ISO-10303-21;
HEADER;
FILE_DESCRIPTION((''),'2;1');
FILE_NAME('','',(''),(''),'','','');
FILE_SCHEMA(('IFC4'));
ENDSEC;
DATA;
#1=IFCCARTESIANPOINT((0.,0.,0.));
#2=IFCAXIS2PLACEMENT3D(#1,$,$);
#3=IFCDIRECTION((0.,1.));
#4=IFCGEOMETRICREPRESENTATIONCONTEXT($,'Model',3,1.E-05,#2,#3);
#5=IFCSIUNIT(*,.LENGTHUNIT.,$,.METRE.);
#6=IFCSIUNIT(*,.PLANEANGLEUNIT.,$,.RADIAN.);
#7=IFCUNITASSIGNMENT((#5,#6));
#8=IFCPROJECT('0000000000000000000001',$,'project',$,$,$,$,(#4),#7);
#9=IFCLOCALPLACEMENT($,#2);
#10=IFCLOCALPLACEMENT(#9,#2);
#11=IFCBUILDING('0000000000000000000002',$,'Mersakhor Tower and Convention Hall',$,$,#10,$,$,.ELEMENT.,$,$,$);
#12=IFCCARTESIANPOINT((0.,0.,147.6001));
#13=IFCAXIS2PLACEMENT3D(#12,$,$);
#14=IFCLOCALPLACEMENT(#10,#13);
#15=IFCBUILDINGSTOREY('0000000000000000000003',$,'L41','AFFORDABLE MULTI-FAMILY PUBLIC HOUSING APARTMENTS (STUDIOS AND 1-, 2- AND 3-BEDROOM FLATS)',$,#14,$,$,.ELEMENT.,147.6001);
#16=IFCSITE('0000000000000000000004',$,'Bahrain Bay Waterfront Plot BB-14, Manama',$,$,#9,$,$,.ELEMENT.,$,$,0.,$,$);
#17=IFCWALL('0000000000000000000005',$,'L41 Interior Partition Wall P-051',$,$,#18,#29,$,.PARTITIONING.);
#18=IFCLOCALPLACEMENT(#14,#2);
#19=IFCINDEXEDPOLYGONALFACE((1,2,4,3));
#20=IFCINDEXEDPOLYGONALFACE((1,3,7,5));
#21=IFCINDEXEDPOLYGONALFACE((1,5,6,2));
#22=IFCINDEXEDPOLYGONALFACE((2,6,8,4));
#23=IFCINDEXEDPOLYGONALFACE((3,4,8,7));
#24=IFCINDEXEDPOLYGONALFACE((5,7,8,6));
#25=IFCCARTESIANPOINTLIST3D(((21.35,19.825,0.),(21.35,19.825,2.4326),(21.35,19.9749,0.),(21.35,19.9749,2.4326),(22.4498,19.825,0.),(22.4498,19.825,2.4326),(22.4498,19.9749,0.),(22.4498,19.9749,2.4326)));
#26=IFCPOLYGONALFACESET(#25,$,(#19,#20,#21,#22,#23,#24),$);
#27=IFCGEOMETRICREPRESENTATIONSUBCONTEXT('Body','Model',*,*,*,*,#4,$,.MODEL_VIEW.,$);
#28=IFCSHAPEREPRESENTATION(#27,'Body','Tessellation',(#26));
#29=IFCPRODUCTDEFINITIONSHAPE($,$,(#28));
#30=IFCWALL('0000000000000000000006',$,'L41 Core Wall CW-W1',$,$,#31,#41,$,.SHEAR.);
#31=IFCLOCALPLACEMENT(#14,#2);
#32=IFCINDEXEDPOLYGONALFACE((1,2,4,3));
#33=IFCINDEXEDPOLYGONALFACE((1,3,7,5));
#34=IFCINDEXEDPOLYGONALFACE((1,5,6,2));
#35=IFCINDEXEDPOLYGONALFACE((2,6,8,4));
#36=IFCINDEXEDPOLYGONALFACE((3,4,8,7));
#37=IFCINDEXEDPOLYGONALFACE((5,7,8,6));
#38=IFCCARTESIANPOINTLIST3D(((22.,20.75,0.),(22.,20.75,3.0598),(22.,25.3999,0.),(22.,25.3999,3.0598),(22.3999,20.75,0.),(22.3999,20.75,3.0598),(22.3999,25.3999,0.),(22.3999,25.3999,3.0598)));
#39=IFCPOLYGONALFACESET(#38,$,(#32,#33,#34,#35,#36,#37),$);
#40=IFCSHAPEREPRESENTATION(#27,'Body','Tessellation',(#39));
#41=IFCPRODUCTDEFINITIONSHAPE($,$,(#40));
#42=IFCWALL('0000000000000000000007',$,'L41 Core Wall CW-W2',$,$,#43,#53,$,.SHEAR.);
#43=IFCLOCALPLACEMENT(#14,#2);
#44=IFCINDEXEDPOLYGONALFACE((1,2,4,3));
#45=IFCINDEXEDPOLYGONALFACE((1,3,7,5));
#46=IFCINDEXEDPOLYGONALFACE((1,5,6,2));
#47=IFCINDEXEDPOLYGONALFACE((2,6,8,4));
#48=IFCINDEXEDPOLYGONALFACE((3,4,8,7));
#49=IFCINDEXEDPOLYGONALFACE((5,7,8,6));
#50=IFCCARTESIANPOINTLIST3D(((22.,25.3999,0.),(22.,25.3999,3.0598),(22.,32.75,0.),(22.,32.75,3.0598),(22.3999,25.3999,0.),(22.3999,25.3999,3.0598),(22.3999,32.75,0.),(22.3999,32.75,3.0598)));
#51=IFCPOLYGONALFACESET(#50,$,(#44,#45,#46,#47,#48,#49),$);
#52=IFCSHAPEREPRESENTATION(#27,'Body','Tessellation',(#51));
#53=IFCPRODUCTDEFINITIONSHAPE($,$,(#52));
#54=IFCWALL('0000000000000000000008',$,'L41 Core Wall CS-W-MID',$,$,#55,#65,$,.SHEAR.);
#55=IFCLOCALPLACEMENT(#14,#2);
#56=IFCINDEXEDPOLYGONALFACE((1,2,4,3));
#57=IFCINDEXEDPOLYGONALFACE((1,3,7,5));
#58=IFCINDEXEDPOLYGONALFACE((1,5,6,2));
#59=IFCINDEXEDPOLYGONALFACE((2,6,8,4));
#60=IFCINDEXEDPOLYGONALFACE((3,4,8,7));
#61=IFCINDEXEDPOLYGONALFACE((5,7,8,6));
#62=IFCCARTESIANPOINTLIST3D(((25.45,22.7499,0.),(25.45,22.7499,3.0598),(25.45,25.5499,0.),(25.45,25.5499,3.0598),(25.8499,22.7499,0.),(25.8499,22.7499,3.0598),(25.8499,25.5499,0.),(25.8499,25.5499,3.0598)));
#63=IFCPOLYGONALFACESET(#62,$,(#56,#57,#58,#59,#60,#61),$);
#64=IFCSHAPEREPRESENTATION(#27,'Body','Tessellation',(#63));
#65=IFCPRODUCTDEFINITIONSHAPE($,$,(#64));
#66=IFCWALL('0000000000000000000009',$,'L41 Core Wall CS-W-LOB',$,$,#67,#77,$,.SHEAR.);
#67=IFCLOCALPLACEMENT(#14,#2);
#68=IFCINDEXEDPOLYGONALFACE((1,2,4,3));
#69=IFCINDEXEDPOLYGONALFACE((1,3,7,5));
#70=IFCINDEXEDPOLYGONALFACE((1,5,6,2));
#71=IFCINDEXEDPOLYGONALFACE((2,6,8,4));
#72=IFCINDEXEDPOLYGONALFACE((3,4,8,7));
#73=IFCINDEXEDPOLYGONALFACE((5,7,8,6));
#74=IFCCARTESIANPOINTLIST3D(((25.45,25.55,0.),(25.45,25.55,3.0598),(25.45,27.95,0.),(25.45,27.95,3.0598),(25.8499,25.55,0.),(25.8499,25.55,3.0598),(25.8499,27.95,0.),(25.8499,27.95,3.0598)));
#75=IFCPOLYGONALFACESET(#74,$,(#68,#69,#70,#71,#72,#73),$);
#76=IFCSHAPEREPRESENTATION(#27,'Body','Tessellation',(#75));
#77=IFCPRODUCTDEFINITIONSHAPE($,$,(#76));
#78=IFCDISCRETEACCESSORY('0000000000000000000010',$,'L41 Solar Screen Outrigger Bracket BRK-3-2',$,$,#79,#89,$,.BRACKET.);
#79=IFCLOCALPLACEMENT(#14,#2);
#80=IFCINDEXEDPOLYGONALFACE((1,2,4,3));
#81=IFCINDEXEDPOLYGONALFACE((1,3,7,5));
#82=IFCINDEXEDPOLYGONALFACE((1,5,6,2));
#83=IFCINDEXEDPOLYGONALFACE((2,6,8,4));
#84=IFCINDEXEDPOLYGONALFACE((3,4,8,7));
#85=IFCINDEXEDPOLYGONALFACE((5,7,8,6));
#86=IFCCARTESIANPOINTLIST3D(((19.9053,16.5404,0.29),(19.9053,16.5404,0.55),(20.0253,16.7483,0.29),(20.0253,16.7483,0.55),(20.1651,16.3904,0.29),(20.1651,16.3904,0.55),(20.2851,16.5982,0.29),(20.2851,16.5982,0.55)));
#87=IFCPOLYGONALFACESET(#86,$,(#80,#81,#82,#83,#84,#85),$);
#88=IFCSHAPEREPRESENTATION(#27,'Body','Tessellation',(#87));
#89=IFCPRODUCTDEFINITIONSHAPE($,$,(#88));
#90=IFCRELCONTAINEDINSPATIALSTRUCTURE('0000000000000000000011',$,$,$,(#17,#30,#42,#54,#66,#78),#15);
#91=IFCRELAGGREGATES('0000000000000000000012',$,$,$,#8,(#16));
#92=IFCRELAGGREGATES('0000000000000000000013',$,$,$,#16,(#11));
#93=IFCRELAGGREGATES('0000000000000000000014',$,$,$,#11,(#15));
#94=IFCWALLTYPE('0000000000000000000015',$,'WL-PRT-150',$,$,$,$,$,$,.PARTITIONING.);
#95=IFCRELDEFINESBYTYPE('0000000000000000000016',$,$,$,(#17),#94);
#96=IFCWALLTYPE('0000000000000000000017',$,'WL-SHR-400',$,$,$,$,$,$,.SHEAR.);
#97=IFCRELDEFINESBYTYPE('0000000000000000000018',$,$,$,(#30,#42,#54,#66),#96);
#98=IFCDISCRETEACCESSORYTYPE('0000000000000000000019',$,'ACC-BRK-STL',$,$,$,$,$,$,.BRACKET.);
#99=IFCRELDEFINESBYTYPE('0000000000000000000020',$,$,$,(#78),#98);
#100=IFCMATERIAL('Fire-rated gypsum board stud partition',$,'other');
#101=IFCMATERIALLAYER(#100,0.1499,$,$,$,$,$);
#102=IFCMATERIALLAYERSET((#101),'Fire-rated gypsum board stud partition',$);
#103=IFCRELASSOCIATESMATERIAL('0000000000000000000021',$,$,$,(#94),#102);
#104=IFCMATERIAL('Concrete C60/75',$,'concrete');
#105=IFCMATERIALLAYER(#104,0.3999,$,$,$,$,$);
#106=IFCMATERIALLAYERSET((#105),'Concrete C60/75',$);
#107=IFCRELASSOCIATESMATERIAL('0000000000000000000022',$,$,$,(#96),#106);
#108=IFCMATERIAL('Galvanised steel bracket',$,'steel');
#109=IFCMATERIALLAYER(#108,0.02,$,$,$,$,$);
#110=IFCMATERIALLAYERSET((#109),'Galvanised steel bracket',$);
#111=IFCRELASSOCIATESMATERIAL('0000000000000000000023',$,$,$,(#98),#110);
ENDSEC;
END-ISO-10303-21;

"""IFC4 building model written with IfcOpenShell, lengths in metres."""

from ifc_helpers import new_model, si_unit, direction, frame, frame_2d, origin, origin_2d, place, context, subcontext, project, spatial, rectangle, extrude, material, layer, layer_set, type_object, element, save


model = new_model("IFC4")

# Units and contexts
model_context = context("Model", 3, precision=1e-05, world=origin(), true_north=direction((0.0, 1.0)))
body_context = subcontext(model_context, "Body", "Model", "MODEL_VIEW")
ifc_project = project(units=[si_unit("LENGTHUNIT", "METRE"), si_unit("PLANEANGLEUNIT", "RADIAN")], contexts=[model_context])

# Site, building, storey
site_placement = place(None, origin())
site = spatial("IfcSite", under=ifc_project, at=site_placement, Name="Bahrain Bay Waterfront Plot BB-14, Manama", CompositionType="ELEMENT", RefElevation=0.0)
building_placement = place(site_placement, origin())
building = spatial("IfcBuilding", under=site, at=building_placement, Name="Mersakhor Tower and Convention Hall", CompositionType="ELEMENT")
storey_placement = place(building_placement, frame((0.0, 0.0, 147.6001)))
storey = spatial("IfcBuildingStorey", under=building, at=storey_placement, Name="L41", Description="AFFORDABLE MULTI-FAMILY PUBLIC HOUSING APARTMENTS (STUDIOS AND 1-, 2- AND 3-BEDROOM FLATS)", CompositionType="ELEMENT", Elevation=147.6001)

# Shared definitions
ifc_material_1 = material(Name="Fire-rated gypsum board stud partition", Category="other")
ifc_layer_1 = layer(ifc_material_1, 0.1499)
ifc_layer_set_1 = layer_set([ifc_layer_1], Name="Fire-rated gypsum board stud partition")
wall_type_1 = type_object("IfcWallType", Name="WL-PRT-150", PredefinedType="PARTITIONING", material=ifc_layer_set_1)

# Wall
wall_1_placement = place(storey_placement, frame((21.3501, 19.8999, 0.0), z_axis=(0.0, 0.0, 1.0), x_axis=(1.0, 0.0, 0.0)))
element("IfcWall", 1, at=wall_1_placement, inside=storey, type_object=wall_type_1, Name="L41 Interior Partition Wall P-051", PredefinedType="PARTITIONING", context=body_context, shape_type="SweptSolid", body=[
    extrude(rectangle(XDim=1.0999, YDim=0.1499, at=frame_2d((0.5498, 0.0))), origin(), (0.0, 0.0, 1.0), 2.4326),
])

# Walls
ifc_material_2 = material(Name="Concrete C60/75", Category="concrete")
ifc_layer_2 = layer(ifc_material_2, 0.3999)
ifc_layer_set_2 = layer_set([ifc_layer_2], Name="Concrete C60/75")
wall_type_2 = type_object("IfcWallType", Name="WL-SHR-400", PredefinedType="SHEAR", material=ifc_layer_set_2)
wall_2_placement = place(storey_placement, frame((22.2, 20.75, 0.0), z_axis=(0.0, 0.0, 1.0), x_axis=(0.0, 1.0, 0.0)))
element("IfcWall", 2, at=wall_2_placement, inside=storey, type_object=wall_type_2, Name="L41 Core Wall CW-W1", PredefinedType="SHEAR", context=body_context, shape_type="SweptSolid", body=[
    extrude(rectangle(XDim=4.6499, YDim=0.3999, at=frame_2d((2.325, 0.0))), origin(), (0.0, 0.0, 1.0), 3.0598),
])
wall_3_placement = place(storey_placement, frame((22.2, 25.3999, 0.0), z_axis=(0.0, 0.0, 1.0), x_axis=(0.0, 1.0, 0.0)))
element("IfcWall", 3, at=wall_3_placement, inside=storey, type_object=wall_type_2, Name="L41 Core Wall CW-W2", PredefinedType="SHEAR", context=body_context, shape_type="SweptSolid", body=[
    extrude(rectangle(XDim=7.3501, YDim=0.3999, at=frame_2d((3.675, 0.0))), origin(), (0.0, 0.0, 1.0), 3.0598),
])

# Walls
wall_4_placement = place(storey_placement, frame((25.6499, 22.75, 0.0), z_axis=(0.0, 0.0, 1.0), x_axis=(0.0, 1.0, 0.0)))
element("IfcWall", 4, at=wall_4_placement, inside=storey, type_object=wall_type_2, Name="L41 Core Wall CS-W-MID", PredefinedType="SHEAR", context=body_context, shape_type="SweptSolid", body=[
    extrude(rectangle(XDim=2.8, YDim=0.3999, at=frame_2d((1.3999, 0.0))), origin(), (0.0, 0.0, 1.0), 3.0598),
])
wall_5_placement = place(storey_placement, frame((25.6499, 25.55, 0.0), z_axis=(0.0, 0.0, 1.0), x_axis=(0.0, 1.0, 0.0)))
element("IfcWall", 5, at=wall_5_placement, inside=storey, type_object=wall_type_2, Name="L41 Core Wall CS-W-LOB", PredefinedType="SHEAR", context=body_context, shape_type="SweptSolid", body=[
    extrude(rectangle(XDim=2.3999, YDim=0.3999, at=frame_2d((1.2, 0.0))), origin(), (0.0, 0.0, 1.0), 3.0598),
])

# Discrete accessory
ifc_material_3 = material(Name="Galvanised steel bracket", Category="steel")
ifc_layer_3 = layer(ifc_material_3, 0.02)
ifc_layer_set_3 = layer_set([ifc_layer_3], Name="Galvanised steel bracket")
discrete_accessory_type = type_object("IfcDiscreteAccessoryType", Name="ACC-BRK-STL", PredefinedType="BRACKET", material=ifc_layer_set_3)
discrete_accessory_placement = place(storey_placement, frame((20.0952, 16.5693, 0.29), z_axis=(0.0, 0.0, 1.0), x_axis=(-0.866025, 0.5, 0.0)))
element("IfcDiscreteAccessory", 6, at=discrete_accessory_placement, inside=storey, type_object=discrete_accessory_type, Name="L41 Solar Screen Outrigger Bracket BRK-3-2", PredefinedType="BRACKET", context=body_context, shape_type="SweptSolid", body=[
    extrude(rectangle(XDim=0.3, YDim=0.24, at=origin_2d()), origin(), (0.0, 0.0, 1.0), 0.26),
])

save(model, "model.ifc")
